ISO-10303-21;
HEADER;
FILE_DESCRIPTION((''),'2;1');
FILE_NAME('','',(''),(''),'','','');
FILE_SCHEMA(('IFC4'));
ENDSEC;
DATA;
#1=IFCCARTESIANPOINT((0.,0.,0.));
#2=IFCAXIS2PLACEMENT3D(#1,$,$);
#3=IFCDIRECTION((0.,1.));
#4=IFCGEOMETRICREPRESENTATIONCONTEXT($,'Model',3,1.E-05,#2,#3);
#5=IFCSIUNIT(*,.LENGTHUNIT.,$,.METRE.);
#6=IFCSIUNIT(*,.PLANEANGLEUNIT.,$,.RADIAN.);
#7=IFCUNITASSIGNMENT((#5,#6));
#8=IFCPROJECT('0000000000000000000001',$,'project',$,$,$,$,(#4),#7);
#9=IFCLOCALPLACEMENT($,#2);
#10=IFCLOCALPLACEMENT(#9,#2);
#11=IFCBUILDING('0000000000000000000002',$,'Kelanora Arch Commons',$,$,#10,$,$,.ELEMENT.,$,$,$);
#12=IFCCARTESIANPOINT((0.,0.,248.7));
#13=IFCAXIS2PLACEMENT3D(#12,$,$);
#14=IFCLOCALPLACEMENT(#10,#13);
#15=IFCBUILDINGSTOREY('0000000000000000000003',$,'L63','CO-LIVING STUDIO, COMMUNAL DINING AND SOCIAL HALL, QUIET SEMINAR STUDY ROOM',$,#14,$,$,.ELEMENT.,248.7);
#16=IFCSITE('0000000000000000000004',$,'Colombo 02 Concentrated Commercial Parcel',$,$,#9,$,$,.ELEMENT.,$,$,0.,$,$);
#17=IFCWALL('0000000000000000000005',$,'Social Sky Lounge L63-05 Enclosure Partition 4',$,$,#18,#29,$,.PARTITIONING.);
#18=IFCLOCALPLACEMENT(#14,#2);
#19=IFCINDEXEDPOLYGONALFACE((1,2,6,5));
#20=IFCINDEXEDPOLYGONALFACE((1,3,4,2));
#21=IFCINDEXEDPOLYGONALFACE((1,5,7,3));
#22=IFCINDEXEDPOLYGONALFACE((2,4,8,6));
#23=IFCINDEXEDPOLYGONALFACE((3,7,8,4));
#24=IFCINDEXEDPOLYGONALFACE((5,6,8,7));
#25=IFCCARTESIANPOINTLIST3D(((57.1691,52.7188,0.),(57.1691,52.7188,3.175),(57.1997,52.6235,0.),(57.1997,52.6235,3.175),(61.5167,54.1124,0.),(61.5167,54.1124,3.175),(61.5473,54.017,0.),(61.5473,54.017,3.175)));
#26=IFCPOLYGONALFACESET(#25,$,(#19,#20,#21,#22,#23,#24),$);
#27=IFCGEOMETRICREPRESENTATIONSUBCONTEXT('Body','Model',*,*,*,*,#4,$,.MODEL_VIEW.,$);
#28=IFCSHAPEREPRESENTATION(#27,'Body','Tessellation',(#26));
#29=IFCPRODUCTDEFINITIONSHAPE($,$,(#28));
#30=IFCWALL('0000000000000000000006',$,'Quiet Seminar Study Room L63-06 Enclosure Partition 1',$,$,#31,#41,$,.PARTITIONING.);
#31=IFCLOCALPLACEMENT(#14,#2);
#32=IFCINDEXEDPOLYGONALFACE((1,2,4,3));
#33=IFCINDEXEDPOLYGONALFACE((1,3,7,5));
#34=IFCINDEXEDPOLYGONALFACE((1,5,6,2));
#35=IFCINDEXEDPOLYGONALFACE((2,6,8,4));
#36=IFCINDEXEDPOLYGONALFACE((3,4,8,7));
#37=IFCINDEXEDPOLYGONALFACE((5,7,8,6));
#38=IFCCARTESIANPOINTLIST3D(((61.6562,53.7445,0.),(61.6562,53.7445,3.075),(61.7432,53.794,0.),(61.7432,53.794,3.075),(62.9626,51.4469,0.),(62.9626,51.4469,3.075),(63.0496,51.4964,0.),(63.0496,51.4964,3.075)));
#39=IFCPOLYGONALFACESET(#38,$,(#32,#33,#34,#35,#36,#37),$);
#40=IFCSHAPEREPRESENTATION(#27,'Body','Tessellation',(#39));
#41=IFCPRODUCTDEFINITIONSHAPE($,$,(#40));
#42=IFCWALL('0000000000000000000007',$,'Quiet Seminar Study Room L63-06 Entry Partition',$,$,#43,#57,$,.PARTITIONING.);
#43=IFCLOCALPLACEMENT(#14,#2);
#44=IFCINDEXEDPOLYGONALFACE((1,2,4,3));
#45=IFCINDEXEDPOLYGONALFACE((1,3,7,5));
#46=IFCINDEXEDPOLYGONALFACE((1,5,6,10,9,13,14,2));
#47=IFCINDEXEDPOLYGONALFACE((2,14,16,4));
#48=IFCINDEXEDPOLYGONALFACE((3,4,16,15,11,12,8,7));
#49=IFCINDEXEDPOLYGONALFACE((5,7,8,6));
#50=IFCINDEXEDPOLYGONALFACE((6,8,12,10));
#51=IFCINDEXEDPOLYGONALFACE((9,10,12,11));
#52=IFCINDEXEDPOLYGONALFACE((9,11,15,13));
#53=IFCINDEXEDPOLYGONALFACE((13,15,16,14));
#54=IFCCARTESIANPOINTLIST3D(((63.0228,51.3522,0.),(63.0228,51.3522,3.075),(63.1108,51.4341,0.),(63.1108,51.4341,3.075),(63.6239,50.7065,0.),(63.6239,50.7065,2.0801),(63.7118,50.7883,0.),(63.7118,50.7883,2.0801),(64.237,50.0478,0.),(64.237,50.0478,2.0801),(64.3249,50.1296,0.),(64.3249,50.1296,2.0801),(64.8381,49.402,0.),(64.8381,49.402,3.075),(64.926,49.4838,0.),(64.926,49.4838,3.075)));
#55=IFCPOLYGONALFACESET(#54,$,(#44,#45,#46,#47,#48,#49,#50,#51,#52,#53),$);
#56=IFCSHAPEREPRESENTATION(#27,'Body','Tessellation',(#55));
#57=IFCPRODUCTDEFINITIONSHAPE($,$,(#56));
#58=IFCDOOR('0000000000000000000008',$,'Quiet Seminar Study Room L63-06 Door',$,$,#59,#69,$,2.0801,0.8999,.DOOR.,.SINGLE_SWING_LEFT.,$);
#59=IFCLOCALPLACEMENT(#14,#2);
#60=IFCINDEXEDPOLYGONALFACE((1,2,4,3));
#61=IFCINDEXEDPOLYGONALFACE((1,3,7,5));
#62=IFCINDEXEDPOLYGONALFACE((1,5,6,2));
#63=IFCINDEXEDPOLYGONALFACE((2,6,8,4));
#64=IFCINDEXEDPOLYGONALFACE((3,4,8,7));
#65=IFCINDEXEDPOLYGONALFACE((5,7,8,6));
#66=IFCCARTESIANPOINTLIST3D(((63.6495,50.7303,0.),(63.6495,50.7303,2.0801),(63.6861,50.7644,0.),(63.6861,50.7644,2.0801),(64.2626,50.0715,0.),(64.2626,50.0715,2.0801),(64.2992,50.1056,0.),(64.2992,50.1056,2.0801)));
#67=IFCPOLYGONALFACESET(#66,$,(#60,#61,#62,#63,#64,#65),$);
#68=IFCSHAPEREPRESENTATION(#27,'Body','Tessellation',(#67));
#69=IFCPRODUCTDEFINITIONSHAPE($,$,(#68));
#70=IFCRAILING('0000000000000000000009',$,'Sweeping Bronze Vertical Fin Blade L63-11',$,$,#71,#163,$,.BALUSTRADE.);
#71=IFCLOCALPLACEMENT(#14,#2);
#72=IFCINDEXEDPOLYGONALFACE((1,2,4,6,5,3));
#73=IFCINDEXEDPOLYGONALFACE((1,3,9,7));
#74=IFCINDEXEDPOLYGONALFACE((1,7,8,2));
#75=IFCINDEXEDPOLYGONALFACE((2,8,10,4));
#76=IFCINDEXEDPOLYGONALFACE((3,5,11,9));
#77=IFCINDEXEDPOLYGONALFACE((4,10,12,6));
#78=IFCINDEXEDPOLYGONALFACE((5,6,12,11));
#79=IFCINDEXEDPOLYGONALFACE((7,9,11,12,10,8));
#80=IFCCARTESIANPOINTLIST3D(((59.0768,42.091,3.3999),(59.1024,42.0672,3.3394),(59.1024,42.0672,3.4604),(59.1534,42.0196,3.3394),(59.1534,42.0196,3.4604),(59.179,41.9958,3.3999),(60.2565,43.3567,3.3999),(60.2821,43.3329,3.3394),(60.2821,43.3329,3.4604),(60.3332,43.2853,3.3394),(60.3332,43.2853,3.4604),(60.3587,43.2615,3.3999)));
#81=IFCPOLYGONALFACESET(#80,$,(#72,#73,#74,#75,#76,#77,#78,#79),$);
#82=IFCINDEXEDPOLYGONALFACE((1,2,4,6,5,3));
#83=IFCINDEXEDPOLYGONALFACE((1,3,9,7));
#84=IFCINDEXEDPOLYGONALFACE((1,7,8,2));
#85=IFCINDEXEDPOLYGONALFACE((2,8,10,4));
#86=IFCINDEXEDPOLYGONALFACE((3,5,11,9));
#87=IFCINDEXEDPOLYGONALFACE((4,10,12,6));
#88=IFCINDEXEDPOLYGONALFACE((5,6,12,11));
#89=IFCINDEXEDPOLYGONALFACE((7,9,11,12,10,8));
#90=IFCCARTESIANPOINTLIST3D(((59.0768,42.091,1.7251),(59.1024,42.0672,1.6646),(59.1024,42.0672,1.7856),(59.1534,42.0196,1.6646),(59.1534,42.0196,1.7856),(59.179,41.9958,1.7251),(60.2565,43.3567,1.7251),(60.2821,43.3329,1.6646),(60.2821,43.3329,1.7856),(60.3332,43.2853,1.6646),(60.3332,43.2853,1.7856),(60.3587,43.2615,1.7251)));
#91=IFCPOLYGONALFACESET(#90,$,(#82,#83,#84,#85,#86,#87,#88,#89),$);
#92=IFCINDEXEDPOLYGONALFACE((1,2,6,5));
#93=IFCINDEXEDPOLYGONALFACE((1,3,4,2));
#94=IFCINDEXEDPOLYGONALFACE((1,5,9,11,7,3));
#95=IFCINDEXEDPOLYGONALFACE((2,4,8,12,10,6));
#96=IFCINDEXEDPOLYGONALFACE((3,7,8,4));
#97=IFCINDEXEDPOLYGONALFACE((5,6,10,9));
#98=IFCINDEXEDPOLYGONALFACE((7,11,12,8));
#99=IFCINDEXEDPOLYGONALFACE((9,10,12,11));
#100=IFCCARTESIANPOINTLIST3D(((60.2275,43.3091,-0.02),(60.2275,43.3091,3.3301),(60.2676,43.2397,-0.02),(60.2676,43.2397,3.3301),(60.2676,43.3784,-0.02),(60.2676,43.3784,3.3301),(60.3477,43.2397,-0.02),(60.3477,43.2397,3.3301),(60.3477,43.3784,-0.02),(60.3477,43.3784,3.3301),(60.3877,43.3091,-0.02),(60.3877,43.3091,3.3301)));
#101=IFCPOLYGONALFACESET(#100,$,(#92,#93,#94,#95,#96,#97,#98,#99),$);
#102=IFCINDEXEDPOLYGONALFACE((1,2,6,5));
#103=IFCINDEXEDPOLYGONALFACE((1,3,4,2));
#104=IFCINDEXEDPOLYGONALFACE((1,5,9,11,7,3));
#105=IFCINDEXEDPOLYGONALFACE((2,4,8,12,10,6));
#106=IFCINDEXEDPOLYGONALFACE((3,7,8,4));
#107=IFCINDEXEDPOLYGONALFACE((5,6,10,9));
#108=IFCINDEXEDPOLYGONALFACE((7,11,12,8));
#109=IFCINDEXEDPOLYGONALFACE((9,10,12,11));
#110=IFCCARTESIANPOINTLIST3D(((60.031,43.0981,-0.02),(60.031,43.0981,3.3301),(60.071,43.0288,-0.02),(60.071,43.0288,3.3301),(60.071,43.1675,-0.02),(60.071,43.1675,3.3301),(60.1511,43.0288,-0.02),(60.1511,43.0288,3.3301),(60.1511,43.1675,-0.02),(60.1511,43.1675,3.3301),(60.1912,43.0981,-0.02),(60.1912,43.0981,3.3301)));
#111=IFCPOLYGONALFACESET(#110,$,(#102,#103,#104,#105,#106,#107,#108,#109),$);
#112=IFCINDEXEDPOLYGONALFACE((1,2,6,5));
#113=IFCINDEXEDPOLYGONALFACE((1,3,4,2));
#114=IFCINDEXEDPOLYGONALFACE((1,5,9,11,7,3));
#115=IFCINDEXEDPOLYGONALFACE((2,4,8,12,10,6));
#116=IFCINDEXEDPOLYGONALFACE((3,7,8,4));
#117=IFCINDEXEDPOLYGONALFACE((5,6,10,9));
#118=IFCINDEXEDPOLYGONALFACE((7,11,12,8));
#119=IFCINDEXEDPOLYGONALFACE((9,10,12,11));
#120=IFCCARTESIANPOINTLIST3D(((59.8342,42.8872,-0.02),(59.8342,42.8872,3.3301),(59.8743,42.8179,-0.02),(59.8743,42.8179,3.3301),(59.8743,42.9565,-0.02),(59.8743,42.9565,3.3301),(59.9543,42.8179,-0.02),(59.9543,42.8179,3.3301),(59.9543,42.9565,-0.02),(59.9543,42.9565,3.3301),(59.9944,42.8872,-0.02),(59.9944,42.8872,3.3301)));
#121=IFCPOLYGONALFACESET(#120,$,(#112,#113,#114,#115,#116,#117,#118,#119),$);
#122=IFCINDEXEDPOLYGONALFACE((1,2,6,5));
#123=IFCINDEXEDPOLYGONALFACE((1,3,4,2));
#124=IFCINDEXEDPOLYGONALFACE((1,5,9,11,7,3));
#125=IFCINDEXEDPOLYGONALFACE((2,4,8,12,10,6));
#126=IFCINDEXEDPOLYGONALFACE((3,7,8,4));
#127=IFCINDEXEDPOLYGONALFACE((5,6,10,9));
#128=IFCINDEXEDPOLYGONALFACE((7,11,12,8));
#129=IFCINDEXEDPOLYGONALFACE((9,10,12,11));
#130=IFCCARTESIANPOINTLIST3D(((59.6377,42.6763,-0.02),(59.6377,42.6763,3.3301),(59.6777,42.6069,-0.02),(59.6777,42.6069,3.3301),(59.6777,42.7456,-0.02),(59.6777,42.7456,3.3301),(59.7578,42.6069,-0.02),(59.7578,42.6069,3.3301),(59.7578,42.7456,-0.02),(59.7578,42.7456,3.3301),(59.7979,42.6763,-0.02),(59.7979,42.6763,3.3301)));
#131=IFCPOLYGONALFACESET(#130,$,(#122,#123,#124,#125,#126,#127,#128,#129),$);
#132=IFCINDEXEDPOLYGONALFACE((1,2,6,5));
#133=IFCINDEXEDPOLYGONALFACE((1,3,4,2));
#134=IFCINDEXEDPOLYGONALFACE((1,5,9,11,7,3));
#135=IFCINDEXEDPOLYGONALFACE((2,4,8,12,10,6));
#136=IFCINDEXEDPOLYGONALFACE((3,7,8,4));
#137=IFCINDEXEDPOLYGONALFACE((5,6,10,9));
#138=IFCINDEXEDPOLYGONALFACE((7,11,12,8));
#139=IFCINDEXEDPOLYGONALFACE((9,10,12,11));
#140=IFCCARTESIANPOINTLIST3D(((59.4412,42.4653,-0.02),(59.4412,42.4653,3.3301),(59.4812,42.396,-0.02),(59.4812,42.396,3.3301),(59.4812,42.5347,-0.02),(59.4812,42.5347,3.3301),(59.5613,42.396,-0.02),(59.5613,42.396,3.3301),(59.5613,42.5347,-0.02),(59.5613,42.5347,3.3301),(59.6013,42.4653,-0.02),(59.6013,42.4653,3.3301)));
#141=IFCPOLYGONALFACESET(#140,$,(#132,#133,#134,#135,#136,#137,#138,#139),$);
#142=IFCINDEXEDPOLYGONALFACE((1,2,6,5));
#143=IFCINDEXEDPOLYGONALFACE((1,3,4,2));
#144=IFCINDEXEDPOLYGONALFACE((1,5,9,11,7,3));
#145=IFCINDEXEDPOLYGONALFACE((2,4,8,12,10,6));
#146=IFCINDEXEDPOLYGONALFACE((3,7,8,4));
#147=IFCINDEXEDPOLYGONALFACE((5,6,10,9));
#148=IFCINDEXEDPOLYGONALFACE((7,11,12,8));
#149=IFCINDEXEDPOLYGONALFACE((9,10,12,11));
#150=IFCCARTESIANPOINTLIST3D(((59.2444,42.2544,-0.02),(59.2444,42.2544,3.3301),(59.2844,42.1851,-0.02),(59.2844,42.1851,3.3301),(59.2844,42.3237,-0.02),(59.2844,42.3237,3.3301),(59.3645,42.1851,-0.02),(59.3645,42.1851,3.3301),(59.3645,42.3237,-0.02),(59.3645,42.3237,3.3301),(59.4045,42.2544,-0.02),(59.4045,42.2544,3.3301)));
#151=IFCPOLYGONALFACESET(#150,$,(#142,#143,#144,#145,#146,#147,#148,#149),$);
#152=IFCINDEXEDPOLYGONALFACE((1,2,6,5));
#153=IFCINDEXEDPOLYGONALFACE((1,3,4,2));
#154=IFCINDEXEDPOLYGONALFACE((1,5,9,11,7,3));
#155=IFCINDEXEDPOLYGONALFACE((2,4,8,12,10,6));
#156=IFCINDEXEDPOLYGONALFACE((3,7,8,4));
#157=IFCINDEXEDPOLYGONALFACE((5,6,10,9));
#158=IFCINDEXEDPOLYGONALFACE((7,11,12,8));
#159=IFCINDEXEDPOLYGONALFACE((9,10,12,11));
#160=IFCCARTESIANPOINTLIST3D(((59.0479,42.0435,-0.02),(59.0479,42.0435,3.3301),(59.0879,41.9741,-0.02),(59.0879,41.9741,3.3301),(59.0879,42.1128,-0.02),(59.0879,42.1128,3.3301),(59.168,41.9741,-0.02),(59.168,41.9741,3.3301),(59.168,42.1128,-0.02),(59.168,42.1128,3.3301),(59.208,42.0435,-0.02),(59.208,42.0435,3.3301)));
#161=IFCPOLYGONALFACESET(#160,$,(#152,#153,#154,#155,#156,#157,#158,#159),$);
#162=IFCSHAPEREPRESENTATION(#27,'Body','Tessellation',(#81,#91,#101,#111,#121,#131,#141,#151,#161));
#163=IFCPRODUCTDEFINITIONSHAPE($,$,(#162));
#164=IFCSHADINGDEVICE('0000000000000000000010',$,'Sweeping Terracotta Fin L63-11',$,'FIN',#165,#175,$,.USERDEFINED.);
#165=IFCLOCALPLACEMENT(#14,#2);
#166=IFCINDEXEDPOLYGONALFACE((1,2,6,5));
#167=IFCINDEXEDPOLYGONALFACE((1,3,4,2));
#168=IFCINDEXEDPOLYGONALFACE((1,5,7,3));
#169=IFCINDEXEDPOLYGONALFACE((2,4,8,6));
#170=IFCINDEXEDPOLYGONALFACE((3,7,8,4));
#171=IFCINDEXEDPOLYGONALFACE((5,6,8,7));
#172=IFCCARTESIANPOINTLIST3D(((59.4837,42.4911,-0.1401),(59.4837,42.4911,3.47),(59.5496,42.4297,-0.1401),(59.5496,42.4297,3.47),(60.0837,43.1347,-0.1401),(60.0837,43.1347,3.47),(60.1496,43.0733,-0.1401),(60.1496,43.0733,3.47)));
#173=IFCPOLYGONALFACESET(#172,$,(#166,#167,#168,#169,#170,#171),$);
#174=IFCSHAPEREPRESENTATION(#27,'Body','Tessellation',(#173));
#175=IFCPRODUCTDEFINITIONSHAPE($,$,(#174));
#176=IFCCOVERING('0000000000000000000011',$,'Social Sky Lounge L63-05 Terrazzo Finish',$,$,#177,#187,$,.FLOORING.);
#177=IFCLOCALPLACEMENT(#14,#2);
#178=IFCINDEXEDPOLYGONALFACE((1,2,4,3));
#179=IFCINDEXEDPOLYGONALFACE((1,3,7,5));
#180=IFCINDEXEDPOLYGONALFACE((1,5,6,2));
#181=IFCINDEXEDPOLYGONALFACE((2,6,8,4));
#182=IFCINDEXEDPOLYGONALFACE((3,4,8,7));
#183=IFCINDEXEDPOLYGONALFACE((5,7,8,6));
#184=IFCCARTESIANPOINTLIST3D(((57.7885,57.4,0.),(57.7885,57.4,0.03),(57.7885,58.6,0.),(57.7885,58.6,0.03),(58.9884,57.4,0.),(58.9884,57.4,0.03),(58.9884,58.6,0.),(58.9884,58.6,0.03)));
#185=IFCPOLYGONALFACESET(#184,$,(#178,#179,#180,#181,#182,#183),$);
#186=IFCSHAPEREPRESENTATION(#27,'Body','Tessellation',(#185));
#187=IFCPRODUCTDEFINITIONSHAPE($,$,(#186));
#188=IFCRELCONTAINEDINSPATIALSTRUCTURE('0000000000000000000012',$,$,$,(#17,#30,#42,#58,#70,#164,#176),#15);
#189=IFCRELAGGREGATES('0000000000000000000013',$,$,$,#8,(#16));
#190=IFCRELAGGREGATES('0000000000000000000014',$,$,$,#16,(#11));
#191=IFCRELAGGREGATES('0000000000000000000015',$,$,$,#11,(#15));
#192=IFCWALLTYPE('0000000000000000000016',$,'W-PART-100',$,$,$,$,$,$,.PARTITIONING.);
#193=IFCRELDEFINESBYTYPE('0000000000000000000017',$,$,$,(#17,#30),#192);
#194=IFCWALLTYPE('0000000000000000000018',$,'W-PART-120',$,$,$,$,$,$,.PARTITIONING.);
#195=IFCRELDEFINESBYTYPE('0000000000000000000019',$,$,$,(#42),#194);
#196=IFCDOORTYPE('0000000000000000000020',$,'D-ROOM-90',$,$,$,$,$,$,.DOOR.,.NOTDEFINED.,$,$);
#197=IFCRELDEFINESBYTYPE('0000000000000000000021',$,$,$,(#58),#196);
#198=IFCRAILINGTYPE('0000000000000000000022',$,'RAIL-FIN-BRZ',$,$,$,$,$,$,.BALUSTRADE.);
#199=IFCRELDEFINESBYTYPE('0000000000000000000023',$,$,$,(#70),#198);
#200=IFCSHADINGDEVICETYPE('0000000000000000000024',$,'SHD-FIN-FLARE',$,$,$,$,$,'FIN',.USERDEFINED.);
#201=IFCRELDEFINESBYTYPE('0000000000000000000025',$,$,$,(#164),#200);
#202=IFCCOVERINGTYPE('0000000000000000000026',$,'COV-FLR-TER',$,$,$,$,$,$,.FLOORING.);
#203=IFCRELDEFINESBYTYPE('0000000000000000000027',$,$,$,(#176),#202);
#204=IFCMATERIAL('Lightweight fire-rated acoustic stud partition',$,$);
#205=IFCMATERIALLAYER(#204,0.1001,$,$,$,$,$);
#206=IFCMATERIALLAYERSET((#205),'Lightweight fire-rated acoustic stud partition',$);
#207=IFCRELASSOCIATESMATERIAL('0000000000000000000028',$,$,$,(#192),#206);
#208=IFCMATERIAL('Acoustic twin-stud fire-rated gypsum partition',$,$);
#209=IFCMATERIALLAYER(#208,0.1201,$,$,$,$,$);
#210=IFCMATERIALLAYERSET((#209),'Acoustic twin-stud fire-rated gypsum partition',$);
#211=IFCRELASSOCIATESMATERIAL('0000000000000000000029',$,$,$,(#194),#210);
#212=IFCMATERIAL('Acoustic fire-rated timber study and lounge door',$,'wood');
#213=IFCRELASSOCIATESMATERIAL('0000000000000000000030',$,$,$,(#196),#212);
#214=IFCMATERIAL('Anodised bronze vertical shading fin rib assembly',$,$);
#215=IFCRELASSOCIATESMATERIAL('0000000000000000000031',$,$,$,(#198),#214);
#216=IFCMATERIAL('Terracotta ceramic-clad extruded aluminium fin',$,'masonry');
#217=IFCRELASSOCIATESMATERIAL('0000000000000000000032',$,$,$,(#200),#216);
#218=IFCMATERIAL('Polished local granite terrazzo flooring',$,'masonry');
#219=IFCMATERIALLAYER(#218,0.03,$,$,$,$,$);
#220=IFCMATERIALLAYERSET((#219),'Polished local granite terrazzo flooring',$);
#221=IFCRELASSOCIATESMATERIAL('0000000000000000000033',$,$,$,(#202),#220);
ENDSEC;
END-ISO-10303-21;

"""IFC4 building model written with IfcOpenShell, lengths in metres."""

from ifc_helpers import new_model, si_unit, direction, frame, frame_2d, origin, origin_2d, place, context, subcontext, project, spatial, polyline, rectangle, outline, extrude, source, transform, mapped, material, layer, layer_set, type_object, element, fill, save


model = new_model("IFC4")

# Units and contexts
model_context = context("Model", 3, precision=1e-05, world=origin(), true_north=direction((0.0, 1.0)))
body_context = subcontext(model_context, "Body", "Model", "MODEL_VIEW")
ifc_project = project(units=[si_unit("LENGTHUNIT", "METRE"), si_unit("PLANEANGLEUNIT", "RADIAN")], contexts=[model_context])

# Site, building, storey
site_placement = place(None, origin())
site = spatial("IfcSite", under=ifc_project, at=site_placement, Name="Colombo 02 Concentrated Commercial Parcel", CompositionType="ELEMENT", RefElevation=0.0)
building_placement = place(site_placement, origin())
building = spatial("IfcBuilding", under=site, at=building_placement, Name="Kelanora Arch Commons", CompositionType="ELEMENT")
storey_placement = place(building_placement, frame((0.0, 0.0, 248.7)))
storey = spatial("IfcBuildingStorey", under=building, at=storey_placement, Name="L63", Description="CO-LIVING STUDIO, COMMUNAL DINING AND SOCIAL HALL, QUIET SEMINAR STUDY ROOM", CompositionType="ELEMENT", Elevation=248.7)

# Walls
ifc_material_1 = material(Name="Lightweight fire-rated acoustic stud partition")
ifc_layer_1 = layer(ifc_material_1, 0.1001)
ifc_layer_set_1 = layer_set([ifc_layer_1], Name="Lightweight fire-rated acoustic stud partition")
wall_type_1 = type_object("IfcWallType", Name="W-PART-100", PredefinedType="PARTITIONING", material=ifc_layer_set_1)
wall_1_placement = place(storey_placement, frame((61.532, 54.0647, 0.0), z_axis=(0.0, 0.0, 1.0), x_axis=(-0.952278, -0.305234, 0.0)))
element("IfcWall", 1, at=wall_1_placement, inside=storey, type_object=wall_type_1, Name="Social Sky Lounge L63-05 Enclosure Partition 4", PredefinedType="PARTITIONING", context=body_context, shape_type="SweptSolid", body=[
    extrude(rectangle(XDim=4.5654, YDim=0.1001, at=frame_2d((2.2827, 0.0))), origin(), (0.0, 0.0, 1.0), 3.175),
])
wall_2_placement = place(storey_placement, frame((61.6997, 53.7693, 0.0), z_axis=(0.0, 0.0, 1.0), x_axis=(0.494278, -0.869304, 0.0)))
element("IfcWall", 2, at=wall_2_placement, inside=storey, type_object=wall_type_1, Name="Quiet Seminar Study Room L63-06 Enclosure Partition 1", PredefinedType="PARTITIONING", context=body_context, shape_type="SweptSolid", body=[
    extrude(rectangle(XDim=2.6431, YDim=0.1001, at=frame_2d((1.3215, 0.0))), origin(), (0.0, 0.0, 1.0), 3.075),
])

# Wall, opening, door
ifc_material_2 = material(Name="Acoustic twin-stud fire-rated gypsum partition")
ifc_layer_2 = layer(ifc_material_2, 0.1201)
ifc_layer_set_2 = layer_set([ifc_layer_2], Name="Acoustic twin-stud fire-rated gypsum partition")
wall_type_2 = type_object("IfcWallType", Name="W-PART-120", PredefinedType="PARTITIONING", material=ifc_layer_set_2)
wall_3_placement = place(storey_placement, frame((63.0669, 51.3931, 0.0), z_axis=(0.0, 0.0, 1.0), x_axis=(0.681315, -0.73199, 0.0)))
wall_3 = element("IfcWall", 3, at=wall_3_placement, inside=storey, type_object=wall_type_2, Name="Quiet Seminar Study Room L63-06 Entry Partition", PredefinedType="PARTITIONING", context=body_context, shape_type="SweptSolid", body=[
    extrude(rectangle(XDim=2.6643, YDim=0.1201, at=frame_2d((1.332, 0.0))), origin(), (0.0, 0.0, 1.0), 3.075),
])
opening_1_placement = place(wall_3_placement, frame((0.8821, 0.0, 0.0)))
opening_1 = element("IfcOpeningElement", 4, at=opening_1_placement, cuts=wall_3, PredefinedType="OPENING", context=body_context, shape_type="SweptSolid", body=[
    extrude(rectangle(XDim=0.8999, YDim=2.0801, at=frame_2d((0.45, 1.04))), frame((0.0, 0.0701, 0.0), z_axis=(0.0, -1.0, 0.0), x_axis=(1.0, 0.0, 0.0)), (0.0, 0.0, 1.0), 0.1401),
])
ifc_material_3 = material(Name="Acoustic fire-rated timber study and lounge door", Category="wood")
door_type = type_object("IfcDoorType", Name="D-ROOM-90", OperationType="NOTDEFINED", PredefinedType="DOOR", material=ifc_material_3)
door_placement = place(opening_1_placement, origin())
door = element("IfcDoor", 5, at=door_placement, inside=storey, type_object=door_type, Name="Quiet Seminar Study Room L63-06 Door", OperationType="SINGLE_SWING_LEFT", OverallHeight=2.0801, OverallWidth=0.8999, PredefinedType="DOOR", context=body_context, shape_type="SweptSolid", body=[
    extrude(rectangle(XDim=0.8999, YDim=2.0801, at=frame_2d((0.45, 1.04))), frame((0.0, 0.0249, 0.0), z_axis=(0.0, -1.0, 0.0), x_axis=(1.0, 0.0, 0.0)), (0.0, 0.0, 1.0), 0.05),
])
fill(opening_1, door)

# Railing
ifc_material_4 = material(Name="Anodised bronze vertical shading fin rib assembly")
railing_type = type_object("IfcRailingType", Name="RAIL-FIN-BRZ", PredefinedType="BALUSTRADE", material=ifc_material_4)
railing_placement = place(storey_placement, frame((60.3076, 43.3091, -0.02)))
element("IfcRailing", 6, at=railing_placement, inside=storey, type_object=railing_type, Name="Sweeping Bronze Vertical Fin Blade L63-11", PredefinedType="BALUSTRADE", context=body_context, shape_type="SweptSolid", body=[
    extrude(outline(polyline([(0.0698, 0.0), (0.0349, 0.0605), (-0.0349, 0.0605), (-0.0698, 0.0), (-0.0349, -0.0605), (0.0349, -0.0605), (0.0698, 0.0)])), frame((0.0, 0.0, 3.4199), z_axis=(-0.681835, -0.731506, 0.0), x_axis=(0.731506, -0.681835, 0.0)), (0.0, 0.0, 1.0), 1.7302),
    extrude(outline(polyline([(0.0698, 0.0), (0.0349, 0.0605), (-0.0349, 0.0605), (-0.0698, 0.0), (-0.0349, -0.0605), (0.0349, -0.0605), (0.0698, 0.0)])), frame((0.0, 0.0, 1.7451), z_axis=(-0.681835, -0.731506, 0.0), x_axis=(0.731506, -0.681835, 0.0)), (0.0, 0.0, 1.0), 1.7302),
    extrude(outline(polyline([(0.0801, 0.0), (0.04, 0.0693), (-0.04, 0.0693), (-0.0801, 0.0), (-0.04, -0.0693), (0.04, -0.0693), (0.0801, 0.0)])), origin(), (0.0, 0.0, 1.0), 3.3501),
    extrude(outline(polyline([(0.0801, 0.0), (0.04, 0.0693), (-0.04, 0.0693), (-0.0801, 0.0), (-0.04, -0.0693), (0.04, -0.0693), (0.0801, 0.0)])), frame((-0.1965, -0.2109, 0.0)), (0.0, 0.0, 1.0), 3.3501),
    extrude(outline(polyline([(0.0801, 0.0), (0.04, 0.0693), (-0.04, 0.0693), (-0.0801, 0.0), (-0.04, -0.0693), (0.04, -0.0693), (0.0801, 0.0)])), frame((-0.3933, -0.4219, 0.0)), (0.0, 0.0, 1.0), 3.3501),
    extrude(outline(polyline([(0.0801, 0.0), (0.04, 0.0693), (-0.04, 0.0693), (-0.0801, 0.0), (-0.04, -0.0693), (0.04, -0.0693), (0.0801, 0.0)])), frame((-0.5898, -0.6328, 0.0)), (0.0, 0.0, 1.0), 3.3501),
    extrude(outline(polyline([(0.0801, 0.0), (0.04, 0.0693), (-0.04, 0.0693), (-0.0801, 0.0), (-0.04, -0.0693), (0.04, -0.0693), (0.0801, 0.0)])), frame((-0.7864, -0.8438, 0.0)), (0.0, 0.0, 1.0), 3.3501),
    extrude(outline(polyline([(0.0801, 0.0), (0.04, 0.0693), (-0.04, 0.0693), (-0.0801, 0.0), (-0.04, -0.0693), (0.04, -0.0693), (0.0801, 0.0)])), frame((-0.9832, -1.0547, 0.0)), (0.0, 0.0, 1.0), 3.3501),
    extrude(outline(polyline([(0.0801, 0.0), (0.04, 0.0693), (-0.04, 0.0693), (-0.0801, 0.0), (-0.04, -0.0693), (0.04, -0.0693), (0.0801, 0.0)])), frame((-1.1797, -1.2656, 0.0)), (0.0, 0.0, 1.0), 3.3501),
])

# Shading device
ifc_material_5 = material(Name="Terracotta ceramic-clad extruded aluminium fin", Category="masonry")
shading_device_type = type_object("IfcShadingDeviceType", Name="SHD-FIN-FLARE", ElementType="FIN", PredefinedType="USERDEFINED", material=ifc_material_5)
shared_shape_1 = source(origin(), body_context, "Body", "SweptSolid", [
    extrude(rectangle(XDim=0.8799, YDim=0.0901, at=origin_2d()), origin(), (0.0, 0.0, 1.0), 3.6101),
])
shading_device_placement = place(storey_placement, frame((59.8167, 42.7822, -0.1401), z_axis=(0.0, 0.0, 1.0), x_axis=(-0.681871, -0.731473, 0.0)))
element("IfcShadingDevice", 7, at=shading_device_placement, inside=storey, type_object=shading_device_type, Name="Sweeping Terracotta Fin L63-11", ObjectType="FIN", PredefinedType="USERDEFINED", context=body_context, shape_type="MappedRepresentation", body=[
    mapped(shared_shape_1, transform((0.0, 0.0, 0.0), scale=1.0)),
])

# Covering
ifc_material_6 = material(Name="Polished local granite terrazzo flooring", Category="masonry")
ifc_layer_3 = layer(ifc_material_6, 0.03)
ifc_layer_set_3 = layer_set([ifc_layer_3], Name="Polished local granite terrazzo flooring")
covering_type = type_object("IfcCoveringType", Name="COV-FLR-TER", PredefinedType="FLOORING", material=ifc_layer_set_3)
shared_shape_2 = source(origin(), body_context, "Body", "SweptSolid", [
    extrude(rectangle(XDim=1.2, YDim=1.2, at=origin_2d()), origin(), (0.0, 0.0, 1.0), 0.03),
])
for number, where, z_axis, x_axis, name in (
    (8, (58.3884, 58.0, 0.0), (0.0, 0.0, 1.0), (1.0, 0.0, 0.0), "Social Sky Lounge L63-05 Terrazzo Finish"),
):
    element("IfcCovering", number, at=place(storey_placement, frame(where, z_axis=z_axis, x_axis=x_axis)), inside=storey, type_object=covering_type, Name=name, PredefinedType="FLOORING", context=body_context, shape_type="MappedRepresentation", body=[
        mapped(shared_shape_2, transform((0.0, 0.0, 0.0), scale=1.0)),
    ])

save(model, "model.ifc")
